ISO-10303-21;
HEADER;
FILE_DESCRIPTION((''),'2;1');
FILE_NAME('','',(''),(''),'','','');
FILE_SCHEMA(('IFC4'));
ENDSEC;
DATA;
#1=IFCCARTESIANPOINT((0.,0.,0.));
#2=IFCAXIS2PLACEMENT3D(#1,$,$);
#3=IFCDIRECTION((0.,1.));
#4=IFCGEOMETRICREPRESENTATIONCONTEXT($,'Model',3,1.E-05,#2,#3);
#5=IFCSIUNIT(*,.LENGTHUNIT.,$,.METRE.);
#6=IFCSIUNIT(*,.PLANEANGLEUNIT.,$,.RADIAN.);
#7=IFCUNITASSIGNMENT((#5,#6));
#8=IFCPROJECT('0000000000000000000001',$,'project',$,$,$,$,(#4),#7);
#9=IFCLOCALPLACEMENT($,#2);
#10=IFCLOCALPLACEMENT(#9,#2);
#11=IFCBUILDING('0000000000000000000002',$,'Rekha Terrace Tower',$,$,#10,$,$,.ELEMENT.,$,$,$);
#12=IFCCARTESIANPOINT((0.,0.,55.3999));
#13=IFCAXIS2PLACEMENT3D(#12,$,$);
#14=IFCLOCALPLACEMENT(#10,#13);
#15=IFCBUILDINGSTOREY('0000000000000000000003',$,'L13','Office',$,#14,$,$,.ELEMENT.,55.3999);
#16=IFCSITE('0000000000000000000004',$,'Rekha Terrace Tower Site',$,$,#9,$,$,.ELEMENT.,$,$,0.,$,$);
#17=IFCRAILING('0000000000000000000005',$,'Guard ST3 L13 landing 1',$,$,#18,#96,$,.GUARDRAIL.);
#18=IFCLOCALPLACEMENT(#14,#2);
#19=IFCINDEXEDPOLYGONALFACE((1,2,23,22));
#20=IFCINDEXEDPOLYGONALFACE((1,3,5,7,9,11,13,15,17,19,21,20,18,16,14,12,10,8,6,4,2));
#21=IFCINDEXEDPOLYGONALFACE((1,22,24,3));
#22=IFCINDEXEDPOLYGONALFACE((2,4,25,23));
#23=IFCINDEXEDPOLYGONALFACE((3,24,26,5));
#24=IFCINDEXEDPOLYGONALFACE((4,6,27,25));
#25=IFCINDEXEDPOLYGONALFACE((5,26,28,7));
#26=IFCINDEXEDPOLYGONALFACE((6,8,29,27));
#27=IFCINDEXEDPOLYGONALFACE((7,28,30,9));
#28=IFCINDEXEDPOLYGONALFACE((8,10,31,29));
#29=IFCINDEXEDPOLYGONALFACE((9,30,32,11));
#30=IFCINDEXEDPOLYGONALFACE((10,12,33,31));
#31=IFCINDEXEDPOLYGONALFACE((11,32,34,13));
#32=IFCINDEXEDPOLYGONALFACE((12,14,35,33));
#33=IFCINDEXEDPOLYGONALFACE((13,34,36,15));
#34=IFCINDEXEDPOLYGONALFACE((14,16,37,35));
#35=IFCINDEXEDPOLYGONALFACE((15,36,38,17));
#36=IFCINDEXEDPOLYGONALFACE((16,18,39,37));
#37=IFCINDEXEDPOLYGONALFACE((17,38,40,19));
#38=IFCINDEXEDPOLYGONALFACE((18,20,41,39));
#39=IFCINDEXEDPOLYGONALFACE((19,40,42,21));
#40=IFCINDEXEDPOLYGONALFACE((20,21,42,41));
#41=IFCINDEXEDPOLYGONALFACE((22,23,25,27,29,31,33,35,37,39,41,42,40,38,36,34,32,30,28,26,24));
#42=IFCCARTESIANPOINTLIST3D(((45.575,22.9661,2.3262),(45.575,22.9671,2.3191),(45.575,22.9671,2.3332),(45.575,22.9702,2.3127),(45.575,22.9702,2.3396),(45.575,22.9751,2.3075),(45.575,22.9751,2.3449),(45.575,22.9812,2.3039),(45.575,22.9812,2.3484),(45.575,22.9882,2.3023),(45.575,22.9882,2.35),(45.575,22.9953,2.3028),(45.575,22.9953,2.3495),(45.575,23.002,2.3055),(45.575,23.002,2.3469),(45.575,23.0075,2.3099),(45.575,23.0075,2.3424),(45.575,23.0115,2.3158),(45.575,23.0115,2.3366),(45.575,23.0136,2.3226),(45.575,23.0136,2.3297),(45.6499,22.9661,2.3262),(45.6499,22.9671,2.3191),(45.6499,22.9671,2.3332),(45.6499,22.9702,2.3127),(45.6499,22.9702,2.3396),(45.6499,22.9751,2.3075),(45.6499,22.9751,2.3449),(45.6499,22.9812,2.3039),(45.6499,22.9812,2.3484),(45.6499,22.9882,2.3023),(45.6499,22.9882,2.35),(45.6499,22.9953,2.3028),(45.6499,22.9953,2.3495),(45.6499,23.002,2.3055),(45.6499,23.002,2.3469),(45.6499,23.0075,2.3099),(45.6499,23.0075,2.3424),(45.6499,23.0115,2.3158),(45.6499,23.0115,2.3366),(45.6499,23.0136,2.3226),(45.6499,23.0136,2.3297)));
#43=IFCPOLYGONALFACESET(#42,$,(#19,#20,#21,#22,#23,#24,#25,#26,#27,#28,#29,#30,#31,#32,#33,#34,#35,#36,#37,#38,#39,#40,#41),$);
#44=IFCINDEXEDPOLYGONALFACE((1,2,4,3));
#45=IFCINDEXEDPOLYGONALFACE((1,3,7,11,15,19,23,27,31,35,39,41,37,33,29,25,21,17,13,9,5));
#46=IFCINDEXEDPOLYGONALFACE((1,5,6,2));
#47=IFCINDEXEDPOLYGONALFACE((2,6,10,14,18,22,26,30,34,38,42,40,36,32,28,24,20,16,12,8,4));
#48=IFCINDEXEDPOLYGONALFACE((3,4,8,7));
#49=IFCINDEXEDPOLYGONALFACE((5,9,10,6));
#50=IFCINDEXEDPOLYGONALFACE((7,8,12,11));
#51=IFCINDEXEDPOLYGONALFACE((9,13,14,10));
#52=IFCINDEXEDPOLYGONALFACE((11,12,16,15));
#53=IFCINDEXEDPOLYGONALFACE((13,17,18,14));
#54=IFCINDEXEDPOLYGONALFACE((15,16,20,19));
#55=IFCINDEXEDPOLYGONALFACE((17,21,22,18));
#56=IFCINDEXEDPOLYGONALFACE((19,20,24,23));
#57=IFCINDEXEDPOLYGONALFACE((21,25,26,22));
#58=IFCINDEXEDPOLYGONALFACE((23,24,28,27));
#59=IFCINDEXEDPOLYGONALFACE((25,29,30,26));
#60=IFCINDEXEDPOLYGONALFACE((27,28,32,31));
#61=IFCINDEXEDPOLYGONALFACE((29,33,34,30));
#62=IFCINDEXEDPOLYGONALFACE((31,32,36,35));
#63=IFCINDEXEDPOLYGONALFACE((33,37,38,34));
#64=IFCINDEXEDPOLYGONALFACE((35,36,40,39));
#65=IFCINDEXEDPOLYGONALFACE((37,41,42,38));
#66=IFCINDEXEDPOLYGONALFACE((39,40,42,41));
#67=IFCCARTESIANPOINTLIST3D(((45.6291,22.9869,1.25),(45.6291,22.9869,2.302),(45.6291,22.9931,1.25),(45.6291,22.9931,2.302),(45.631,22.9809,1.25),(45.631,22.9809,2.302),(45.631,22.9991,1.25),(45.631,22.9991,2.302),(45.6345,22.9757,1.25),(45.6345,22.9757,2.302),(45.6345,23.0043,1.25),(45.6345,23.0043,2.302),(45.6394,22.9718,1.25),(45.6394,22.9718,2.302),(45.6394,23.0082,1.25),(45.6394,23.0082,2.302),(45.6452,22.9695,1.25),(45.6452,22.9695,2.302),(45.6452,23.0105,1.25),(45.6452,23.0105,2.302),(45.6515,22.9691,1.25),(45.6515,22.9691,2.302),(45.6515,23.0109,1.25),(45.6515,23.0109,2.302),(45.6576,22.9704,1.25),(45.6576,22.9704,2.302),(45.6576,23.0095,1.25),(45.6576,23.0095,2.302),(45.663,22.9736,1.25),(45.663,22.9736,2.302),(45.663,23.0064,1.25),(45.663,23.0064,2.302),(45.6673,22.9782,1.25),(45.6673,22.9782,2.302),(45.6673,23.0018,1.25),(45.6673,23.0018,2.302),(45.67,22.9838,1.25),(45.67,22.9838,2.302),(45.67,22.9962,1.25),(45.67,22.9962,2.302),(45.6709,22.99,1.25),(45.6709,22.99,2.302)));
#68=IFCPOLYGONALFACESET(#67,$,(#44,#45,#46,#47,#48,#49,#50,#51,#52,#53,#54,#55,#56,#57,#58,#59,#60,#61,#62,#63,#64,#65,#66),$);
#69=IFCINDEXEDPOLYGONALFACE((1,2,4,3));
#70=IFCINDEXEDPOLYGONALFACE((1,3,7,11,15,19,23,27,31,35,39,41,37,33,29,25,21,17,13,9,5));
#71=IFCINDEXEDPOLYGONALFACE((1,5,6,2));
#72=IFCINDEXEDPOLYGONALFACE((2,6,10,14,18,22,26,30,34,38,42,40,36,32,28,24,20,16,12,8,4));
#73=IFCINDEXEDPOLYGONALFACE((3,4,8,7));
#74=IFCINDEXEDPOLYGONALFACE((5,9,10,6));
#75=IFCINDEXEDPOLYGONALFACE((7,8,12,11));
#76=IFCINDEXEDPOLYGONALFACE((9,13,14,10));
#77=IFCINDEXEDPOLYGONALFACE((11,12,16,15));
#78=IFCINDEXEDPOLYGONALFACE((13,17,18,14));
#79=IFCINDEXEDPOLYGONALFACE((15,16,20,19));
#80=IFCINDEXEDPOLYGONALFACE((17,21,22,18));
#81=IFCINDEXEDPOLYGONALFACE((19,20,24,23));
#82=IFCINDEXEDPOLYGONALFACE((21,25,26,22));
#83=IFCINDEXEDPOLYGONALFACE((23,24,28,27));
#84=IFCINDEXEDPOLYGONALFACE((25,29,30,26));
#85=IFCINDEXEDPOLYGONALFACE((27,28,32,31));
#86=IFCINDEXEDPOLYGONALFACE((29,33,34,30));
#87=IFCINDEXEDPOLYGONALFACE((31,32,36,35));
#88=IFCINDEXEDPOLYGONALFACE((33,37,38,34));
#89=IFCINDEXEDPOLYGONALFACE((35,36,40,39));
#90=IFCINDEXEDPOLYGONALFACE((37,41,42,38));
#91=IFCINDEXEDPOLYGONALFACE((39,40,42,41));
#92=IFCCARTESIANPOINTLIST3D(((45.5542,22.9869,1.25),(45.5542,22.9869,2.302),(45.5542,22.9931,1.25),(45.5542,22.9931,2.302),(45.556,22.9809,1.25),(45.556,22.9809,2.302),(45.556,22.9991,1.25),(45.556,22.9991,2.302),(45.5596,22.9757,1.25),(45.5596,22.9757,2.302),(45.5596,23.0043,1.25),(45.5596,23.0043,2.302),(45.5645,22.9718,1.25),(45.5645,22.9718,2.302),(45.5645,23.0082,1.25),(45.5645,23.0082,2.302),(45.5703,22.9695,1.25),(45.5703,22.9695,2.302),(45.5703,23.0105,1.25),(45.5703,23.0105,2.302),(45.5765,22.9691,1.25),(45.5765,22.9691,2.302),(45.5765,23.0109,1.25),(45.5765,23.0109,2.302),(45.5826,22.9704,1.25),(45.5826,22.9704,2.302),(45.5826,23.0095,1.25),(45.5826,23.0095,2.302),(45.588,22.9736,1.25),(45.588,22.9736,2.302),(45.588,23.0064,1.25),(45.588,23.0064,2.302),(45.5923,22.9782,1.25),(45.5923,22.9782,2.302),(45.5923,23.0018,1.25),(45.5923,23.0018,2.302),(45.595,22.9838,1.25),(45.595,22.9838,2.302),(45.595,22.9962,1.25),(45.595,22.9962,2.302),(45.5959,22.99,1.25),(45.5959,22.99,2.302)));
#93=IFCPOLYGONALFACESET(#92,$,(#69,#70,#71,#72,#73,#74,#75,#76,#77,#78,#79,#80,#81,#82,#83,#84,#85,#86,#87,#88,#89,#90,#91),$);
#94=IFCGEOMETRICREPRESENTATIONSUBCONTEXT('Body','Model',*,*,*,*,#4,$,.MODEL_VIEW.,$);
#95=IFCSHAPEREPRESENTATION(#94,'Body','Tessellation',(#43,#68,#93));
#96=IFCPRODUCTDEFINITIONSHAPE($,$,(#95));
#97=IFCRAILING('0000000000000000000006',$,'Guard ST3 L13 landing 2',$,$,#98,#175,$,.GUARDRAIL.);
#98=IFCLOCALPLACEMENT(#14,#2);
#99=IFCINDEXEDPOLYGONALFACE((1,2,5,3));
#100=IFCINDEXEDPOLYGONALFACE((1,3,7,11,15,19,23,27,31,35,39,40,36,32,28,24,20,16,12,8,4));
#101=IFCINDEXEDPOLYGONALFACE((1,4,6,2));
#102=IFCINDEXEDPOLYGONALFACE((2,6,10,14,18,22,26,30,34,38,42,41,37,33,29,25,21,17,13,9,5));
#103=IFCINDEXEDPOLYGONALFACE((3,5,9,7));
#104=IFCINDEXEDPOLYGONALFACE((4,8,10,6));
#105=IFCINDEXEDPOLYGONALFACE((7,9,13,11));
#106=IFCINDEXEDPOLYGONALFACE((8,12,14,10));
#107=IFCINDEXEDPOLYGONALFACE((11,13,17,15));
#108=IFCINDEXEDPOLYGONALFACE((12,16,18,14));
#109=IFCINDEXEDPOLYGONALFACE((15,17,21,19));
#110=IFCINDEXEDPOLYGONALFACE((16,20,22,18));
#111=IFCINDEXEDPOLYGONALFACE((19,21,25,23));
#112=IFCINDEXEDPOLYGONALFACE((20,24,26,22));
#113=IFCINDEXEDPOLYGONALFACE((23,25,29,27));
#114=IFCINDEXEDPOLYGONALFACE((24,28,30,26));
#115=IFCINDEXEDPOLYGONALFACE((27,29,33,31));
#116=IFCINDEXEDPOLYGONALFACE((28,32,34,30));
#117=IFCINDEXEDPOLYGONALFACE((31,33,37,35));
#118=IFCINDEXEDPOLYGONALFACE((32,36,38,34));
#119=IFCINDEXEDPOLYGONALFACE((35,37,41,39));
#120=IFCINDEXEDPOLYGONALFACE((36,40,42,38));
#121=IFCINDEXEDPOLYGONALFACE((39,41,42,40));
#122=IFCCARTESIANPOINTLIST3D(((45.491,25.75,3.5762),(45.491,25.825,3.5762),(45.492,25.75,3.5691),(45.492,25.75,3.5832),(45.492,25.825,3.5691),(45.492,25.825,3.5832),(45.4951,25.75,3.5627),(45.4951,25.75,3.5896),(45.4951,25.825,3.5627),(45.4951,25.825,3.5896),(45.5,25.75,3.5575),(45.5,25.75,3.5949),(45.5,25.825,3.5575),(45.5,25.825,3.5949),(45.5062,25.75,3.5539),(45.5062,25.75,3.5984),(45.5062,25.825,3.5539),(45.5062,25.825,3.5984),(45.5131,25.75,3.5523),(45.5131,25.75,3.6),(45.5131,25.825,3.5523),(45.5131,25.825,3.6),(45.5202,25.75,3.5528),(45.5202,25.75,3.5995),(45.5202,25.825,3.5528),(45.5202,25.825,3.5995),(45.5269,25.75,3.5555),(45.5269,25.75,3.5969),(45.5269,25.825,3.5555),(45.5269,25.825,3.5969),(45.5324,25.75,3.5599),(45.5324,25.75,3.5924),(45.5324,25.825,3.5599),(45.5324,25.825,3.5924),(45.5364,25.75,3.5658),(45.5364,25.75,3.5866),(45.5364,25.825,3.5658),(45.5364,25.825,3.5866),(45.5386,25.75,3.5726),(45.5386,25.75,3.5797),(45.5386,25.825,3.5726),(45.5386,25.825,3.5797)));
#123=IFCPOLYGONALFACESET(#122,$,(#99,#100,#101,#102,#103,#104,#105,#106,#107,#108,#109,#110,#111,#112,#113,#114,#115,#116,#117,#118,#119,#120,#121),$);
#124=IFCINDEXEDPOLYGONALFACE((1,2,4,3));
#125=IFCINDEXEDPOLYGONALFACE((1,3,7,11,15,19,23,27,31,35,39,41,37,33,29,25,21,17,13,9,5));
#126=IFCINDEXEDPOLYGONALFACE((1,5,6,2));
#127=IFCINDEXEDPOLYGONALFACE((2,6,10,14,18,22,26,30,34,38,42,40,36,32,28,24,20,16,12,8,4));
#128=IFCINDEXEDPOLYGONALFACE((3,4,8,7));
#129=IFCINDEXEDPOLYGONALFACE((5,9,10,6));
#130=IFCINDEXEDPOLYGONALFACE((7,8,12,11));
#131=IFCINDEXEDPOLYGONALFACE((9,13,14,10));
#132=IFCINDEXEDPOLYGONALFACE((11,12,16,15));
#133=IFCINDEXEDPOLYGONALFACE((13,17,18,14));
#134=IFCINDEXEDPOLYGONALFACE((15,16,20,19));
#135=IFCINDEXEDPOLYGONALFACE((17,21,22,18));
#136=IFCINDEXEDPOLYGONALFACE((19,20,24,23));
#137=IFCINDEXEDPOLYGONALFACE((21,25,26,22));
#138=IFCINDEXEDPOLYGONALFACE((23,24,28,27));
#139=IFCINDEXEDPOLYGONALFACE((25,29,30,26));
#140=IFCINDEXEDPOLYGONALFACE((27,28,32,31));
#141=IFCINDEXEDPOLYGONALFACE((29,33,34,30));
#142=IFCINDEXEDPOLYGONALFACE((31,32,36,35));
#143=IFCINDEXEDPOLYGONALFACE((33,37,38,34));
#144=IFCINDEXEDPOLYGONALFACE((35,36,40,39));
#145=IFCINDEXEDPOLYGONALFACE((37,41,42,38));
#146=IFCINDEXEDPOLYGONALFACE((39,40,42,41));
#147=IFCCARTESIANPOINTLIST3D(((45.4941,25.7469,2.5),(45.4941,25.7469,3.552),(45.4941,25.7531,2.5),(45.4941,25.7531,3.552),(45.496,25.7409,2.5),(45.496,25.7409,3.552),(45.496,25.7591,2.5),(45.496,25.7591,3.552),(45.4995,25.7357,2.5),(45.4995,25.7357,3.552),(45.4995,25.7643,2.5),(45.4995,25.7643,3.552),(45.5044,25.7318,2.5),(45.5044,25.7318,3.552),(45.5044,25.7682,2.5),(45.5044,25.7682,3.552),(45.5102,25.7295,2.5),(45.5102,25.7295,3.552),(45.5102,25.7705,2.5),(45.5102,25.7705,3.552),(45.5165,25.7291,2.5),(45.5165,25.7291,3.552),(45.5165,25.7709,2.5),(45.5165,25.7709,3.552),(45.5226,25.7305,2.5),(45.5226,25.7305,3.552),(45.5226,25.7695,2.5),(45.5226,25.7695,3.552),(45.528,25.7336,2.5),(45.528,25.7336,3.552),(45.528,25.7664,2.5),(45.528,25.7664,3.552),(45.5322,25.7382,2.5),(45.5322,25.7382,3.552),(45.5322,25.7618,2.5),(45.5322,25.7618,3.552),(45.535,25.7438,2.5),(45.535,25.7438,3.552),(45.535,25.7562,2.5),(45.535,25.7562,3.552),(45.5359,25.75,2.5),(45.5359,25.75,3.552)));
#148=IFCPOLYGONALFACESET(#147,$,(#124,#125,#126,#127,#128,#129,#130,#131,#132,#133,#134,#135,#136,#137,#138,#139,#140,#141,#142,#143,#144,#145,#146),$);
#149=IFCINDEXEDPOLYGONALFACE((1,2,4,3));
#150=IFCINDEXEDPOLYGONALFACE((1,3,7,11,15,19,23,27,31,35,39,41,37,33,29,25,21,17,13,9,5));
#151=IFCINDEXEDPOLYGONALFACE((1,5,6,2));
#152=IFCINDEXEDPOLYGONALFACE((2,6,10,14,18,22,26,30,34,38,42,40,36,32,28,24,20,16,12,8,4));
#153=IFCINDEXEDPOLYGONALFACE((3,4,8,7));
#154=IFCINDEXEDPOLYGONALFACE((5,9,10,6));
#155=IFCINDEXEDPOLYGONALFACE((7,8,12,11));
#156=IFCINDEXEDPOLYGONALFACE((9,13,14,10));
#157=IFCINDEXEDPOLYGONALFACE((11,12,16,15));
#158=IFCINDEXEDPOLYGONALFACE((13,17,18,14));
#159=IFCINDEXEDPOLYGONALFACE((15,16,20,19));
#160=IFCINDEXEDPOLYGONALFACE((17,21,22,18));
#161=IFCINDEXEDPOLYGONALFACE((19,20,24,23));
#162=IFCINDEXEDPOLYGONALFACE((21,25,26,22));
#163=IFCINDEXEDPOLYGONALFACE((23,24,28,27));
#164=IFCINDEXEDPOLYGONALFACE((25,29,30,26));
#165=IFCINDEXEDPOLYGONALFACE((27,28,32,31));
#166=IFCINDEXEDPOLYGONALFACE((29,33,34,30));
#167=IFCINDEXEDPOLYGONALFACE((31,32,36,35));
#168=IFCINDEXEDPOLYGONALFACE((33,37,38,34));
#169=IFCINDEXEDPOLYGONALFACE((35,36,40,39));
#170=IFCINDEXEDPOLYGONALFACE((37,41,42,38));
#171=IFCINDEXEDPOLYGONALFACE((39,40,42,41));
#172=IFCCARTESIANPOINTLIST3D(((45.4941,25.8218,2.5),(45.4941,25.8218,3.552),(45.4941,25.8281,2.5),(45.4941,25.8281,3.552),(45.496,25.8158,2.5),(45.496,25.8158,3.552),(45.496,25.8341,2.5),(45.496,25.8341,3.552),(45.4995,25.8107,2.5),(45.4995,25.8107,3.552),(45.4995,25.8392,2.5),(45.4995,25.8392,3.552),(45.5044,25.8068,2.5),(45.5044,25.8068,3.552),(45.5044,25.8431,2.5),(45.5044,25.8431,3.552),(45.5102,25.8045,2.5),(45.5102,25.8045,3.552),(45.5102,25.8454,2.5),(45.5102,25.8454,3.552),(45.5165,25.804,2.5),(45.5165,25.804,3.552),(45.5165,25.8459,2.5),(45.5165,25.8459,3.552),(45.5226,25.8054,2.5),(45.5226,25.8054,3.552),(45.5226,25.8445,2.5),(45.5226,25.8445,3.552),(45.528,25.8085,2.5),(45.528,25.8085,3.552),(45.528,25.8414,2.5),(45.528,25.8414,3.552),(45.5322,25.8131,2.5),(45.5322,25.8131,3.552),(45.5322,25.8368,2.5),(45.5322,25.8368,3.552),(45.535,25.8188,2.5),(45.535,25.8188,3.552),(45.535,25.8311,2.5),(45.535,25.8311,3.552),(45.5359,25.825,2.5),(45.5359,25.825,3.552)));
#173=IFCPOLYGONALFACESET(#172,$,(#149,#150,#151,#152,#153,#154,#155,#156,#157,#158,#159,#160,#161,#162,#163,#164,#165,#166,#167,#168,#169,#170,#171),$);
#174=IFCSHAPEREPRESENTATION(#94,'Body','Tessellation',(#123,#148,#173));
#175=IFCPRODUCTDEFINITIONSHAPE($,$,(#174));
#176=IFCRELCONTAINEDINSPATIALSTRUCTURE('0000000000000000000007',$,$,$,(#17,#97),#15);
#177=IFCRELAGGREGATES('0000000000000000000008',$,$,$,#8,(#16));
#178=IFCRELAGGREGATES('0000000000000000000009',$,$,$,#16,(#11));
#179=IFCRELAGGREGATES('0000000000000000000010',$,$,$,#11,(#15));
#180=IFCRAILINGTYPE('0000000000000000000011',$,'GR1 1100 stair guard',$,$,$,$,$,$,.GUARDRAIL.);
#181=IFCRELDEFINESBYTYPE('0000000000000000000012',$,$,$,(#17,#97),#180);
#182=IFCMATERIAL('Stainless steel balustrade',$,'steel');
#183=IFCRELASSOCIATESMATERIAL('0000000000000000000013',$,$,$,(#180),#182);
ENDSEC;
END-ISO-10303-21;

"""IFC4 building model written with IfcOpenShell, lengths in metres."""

from ifc_helpers import new_model, si_unit, direction, frame, origin, origin_2d, place, context, subcontext, project, spatial, circle, extrude, material, type_object, element, save


model = new_model("IFC4")

# Units and contexts
model_context = context("Model", 3, precision=1e-05, world=origin(), true_north=direction((0.0, 1.0)))
body_context = subcontext(model_context, "Body", "Model", "MODEL_VIEW")
ifc_project = project(units=[si_unit("LENGTHUNIT", "METRE"), si_unit("PLANEANGLEUNIT", "RADIAN")], contexts=[model_context])

# Site, building, storey
site_placement = place(None, origin())
site = spatial("IfcSite", under=ifc_project, at=site_placement, Name="Rekha Terrace Tower Site", CompositionType="ELEMENT", RefElevation=0.0)
building_placement = place(site_placement, origin())
building = spatial("IfcBuilding", under=site, at=building_placement, Name="Rekha Terrace Tower", CompositionType="ELEMENT")
storey_placement = place(building_placement, frame((0.0, 0.0, 55.3999)))
storey = spatial("IfcBuildingStorey", under=building, at=storey_placement, Name="L13", Description="Office", CompositionType="ELEMENT", Elevation=55.3999)

# Railings
ifc_material_1 = material(Name="Stainless steel balustrade", Category="steel")
railing_type_1 = type_object("IfcRailingType", Name="GR1 1100 stair guard", PredefinedType="GUARDRAIL", material=ifc_material_1)
railing_1_placement = place(storey_placement, frame((45.6499, 22.99, 1.25)))
element("IfcRailing", 1, at=railing_1_placement, inside=storey, type_object=railing_type_1, Name="Guard ST3 L13 landing 1", PredefinedType="GUARDRAIL", context=body_context, shape_type="SweptSolid", body=[
    extrude(circle(Radius=0.0239, at=origin_2d()), frame((0.0, 0.0, 1.0762), z_axis=(-1.0, 0.0, 0.0), x_axis=(0.0, -1.0, 0.0)), (0.0, 0.0, 1.0), 0.075),
    extrude(circle(Radius=0.021, at=origin_2d()), origin(), (0.0, 0.0, 1.0), 1.052),
    extrude(circle(Radius=0.021, at=origin_2d()), frame((-0.075, 0.0, 0.0)), (0.0, 0.0, 1.0), 1.052),
])
railing_2_placement = place(storey_placement, frame((45.5149, 25.75, 2.5)))
element("IfcRailing", 2, at=railing_2_placement, inside=storey, type_object=railing_type_1, Name="Guard ST3 L13 landing 2", PredefinedType="GUARDRAIL", context=body_context, shape_type="SweptSolid", body=[
    extrude(circle(Radius=0.0239, at=origin_2d()), frame((0.0, 0.0, 1.0762), z_axis=(0.0, 1.0, 0.0), x_axis=(-1.0, 0.0, 0.0)), (0.0, 0.0, 1.0), 0.075),
    extrude(circle(Radius=0.021, at=origin_2d()), origin(), (0.0, 0.0, 1.0), 1.052),
    extrude(circle(Radius=0.021, at=origin_2d()), frame((0.0, 0.075, 0.0)), (0.0, 0.0, 1.0), 1.052),
])

save(model, "model.ifc")
